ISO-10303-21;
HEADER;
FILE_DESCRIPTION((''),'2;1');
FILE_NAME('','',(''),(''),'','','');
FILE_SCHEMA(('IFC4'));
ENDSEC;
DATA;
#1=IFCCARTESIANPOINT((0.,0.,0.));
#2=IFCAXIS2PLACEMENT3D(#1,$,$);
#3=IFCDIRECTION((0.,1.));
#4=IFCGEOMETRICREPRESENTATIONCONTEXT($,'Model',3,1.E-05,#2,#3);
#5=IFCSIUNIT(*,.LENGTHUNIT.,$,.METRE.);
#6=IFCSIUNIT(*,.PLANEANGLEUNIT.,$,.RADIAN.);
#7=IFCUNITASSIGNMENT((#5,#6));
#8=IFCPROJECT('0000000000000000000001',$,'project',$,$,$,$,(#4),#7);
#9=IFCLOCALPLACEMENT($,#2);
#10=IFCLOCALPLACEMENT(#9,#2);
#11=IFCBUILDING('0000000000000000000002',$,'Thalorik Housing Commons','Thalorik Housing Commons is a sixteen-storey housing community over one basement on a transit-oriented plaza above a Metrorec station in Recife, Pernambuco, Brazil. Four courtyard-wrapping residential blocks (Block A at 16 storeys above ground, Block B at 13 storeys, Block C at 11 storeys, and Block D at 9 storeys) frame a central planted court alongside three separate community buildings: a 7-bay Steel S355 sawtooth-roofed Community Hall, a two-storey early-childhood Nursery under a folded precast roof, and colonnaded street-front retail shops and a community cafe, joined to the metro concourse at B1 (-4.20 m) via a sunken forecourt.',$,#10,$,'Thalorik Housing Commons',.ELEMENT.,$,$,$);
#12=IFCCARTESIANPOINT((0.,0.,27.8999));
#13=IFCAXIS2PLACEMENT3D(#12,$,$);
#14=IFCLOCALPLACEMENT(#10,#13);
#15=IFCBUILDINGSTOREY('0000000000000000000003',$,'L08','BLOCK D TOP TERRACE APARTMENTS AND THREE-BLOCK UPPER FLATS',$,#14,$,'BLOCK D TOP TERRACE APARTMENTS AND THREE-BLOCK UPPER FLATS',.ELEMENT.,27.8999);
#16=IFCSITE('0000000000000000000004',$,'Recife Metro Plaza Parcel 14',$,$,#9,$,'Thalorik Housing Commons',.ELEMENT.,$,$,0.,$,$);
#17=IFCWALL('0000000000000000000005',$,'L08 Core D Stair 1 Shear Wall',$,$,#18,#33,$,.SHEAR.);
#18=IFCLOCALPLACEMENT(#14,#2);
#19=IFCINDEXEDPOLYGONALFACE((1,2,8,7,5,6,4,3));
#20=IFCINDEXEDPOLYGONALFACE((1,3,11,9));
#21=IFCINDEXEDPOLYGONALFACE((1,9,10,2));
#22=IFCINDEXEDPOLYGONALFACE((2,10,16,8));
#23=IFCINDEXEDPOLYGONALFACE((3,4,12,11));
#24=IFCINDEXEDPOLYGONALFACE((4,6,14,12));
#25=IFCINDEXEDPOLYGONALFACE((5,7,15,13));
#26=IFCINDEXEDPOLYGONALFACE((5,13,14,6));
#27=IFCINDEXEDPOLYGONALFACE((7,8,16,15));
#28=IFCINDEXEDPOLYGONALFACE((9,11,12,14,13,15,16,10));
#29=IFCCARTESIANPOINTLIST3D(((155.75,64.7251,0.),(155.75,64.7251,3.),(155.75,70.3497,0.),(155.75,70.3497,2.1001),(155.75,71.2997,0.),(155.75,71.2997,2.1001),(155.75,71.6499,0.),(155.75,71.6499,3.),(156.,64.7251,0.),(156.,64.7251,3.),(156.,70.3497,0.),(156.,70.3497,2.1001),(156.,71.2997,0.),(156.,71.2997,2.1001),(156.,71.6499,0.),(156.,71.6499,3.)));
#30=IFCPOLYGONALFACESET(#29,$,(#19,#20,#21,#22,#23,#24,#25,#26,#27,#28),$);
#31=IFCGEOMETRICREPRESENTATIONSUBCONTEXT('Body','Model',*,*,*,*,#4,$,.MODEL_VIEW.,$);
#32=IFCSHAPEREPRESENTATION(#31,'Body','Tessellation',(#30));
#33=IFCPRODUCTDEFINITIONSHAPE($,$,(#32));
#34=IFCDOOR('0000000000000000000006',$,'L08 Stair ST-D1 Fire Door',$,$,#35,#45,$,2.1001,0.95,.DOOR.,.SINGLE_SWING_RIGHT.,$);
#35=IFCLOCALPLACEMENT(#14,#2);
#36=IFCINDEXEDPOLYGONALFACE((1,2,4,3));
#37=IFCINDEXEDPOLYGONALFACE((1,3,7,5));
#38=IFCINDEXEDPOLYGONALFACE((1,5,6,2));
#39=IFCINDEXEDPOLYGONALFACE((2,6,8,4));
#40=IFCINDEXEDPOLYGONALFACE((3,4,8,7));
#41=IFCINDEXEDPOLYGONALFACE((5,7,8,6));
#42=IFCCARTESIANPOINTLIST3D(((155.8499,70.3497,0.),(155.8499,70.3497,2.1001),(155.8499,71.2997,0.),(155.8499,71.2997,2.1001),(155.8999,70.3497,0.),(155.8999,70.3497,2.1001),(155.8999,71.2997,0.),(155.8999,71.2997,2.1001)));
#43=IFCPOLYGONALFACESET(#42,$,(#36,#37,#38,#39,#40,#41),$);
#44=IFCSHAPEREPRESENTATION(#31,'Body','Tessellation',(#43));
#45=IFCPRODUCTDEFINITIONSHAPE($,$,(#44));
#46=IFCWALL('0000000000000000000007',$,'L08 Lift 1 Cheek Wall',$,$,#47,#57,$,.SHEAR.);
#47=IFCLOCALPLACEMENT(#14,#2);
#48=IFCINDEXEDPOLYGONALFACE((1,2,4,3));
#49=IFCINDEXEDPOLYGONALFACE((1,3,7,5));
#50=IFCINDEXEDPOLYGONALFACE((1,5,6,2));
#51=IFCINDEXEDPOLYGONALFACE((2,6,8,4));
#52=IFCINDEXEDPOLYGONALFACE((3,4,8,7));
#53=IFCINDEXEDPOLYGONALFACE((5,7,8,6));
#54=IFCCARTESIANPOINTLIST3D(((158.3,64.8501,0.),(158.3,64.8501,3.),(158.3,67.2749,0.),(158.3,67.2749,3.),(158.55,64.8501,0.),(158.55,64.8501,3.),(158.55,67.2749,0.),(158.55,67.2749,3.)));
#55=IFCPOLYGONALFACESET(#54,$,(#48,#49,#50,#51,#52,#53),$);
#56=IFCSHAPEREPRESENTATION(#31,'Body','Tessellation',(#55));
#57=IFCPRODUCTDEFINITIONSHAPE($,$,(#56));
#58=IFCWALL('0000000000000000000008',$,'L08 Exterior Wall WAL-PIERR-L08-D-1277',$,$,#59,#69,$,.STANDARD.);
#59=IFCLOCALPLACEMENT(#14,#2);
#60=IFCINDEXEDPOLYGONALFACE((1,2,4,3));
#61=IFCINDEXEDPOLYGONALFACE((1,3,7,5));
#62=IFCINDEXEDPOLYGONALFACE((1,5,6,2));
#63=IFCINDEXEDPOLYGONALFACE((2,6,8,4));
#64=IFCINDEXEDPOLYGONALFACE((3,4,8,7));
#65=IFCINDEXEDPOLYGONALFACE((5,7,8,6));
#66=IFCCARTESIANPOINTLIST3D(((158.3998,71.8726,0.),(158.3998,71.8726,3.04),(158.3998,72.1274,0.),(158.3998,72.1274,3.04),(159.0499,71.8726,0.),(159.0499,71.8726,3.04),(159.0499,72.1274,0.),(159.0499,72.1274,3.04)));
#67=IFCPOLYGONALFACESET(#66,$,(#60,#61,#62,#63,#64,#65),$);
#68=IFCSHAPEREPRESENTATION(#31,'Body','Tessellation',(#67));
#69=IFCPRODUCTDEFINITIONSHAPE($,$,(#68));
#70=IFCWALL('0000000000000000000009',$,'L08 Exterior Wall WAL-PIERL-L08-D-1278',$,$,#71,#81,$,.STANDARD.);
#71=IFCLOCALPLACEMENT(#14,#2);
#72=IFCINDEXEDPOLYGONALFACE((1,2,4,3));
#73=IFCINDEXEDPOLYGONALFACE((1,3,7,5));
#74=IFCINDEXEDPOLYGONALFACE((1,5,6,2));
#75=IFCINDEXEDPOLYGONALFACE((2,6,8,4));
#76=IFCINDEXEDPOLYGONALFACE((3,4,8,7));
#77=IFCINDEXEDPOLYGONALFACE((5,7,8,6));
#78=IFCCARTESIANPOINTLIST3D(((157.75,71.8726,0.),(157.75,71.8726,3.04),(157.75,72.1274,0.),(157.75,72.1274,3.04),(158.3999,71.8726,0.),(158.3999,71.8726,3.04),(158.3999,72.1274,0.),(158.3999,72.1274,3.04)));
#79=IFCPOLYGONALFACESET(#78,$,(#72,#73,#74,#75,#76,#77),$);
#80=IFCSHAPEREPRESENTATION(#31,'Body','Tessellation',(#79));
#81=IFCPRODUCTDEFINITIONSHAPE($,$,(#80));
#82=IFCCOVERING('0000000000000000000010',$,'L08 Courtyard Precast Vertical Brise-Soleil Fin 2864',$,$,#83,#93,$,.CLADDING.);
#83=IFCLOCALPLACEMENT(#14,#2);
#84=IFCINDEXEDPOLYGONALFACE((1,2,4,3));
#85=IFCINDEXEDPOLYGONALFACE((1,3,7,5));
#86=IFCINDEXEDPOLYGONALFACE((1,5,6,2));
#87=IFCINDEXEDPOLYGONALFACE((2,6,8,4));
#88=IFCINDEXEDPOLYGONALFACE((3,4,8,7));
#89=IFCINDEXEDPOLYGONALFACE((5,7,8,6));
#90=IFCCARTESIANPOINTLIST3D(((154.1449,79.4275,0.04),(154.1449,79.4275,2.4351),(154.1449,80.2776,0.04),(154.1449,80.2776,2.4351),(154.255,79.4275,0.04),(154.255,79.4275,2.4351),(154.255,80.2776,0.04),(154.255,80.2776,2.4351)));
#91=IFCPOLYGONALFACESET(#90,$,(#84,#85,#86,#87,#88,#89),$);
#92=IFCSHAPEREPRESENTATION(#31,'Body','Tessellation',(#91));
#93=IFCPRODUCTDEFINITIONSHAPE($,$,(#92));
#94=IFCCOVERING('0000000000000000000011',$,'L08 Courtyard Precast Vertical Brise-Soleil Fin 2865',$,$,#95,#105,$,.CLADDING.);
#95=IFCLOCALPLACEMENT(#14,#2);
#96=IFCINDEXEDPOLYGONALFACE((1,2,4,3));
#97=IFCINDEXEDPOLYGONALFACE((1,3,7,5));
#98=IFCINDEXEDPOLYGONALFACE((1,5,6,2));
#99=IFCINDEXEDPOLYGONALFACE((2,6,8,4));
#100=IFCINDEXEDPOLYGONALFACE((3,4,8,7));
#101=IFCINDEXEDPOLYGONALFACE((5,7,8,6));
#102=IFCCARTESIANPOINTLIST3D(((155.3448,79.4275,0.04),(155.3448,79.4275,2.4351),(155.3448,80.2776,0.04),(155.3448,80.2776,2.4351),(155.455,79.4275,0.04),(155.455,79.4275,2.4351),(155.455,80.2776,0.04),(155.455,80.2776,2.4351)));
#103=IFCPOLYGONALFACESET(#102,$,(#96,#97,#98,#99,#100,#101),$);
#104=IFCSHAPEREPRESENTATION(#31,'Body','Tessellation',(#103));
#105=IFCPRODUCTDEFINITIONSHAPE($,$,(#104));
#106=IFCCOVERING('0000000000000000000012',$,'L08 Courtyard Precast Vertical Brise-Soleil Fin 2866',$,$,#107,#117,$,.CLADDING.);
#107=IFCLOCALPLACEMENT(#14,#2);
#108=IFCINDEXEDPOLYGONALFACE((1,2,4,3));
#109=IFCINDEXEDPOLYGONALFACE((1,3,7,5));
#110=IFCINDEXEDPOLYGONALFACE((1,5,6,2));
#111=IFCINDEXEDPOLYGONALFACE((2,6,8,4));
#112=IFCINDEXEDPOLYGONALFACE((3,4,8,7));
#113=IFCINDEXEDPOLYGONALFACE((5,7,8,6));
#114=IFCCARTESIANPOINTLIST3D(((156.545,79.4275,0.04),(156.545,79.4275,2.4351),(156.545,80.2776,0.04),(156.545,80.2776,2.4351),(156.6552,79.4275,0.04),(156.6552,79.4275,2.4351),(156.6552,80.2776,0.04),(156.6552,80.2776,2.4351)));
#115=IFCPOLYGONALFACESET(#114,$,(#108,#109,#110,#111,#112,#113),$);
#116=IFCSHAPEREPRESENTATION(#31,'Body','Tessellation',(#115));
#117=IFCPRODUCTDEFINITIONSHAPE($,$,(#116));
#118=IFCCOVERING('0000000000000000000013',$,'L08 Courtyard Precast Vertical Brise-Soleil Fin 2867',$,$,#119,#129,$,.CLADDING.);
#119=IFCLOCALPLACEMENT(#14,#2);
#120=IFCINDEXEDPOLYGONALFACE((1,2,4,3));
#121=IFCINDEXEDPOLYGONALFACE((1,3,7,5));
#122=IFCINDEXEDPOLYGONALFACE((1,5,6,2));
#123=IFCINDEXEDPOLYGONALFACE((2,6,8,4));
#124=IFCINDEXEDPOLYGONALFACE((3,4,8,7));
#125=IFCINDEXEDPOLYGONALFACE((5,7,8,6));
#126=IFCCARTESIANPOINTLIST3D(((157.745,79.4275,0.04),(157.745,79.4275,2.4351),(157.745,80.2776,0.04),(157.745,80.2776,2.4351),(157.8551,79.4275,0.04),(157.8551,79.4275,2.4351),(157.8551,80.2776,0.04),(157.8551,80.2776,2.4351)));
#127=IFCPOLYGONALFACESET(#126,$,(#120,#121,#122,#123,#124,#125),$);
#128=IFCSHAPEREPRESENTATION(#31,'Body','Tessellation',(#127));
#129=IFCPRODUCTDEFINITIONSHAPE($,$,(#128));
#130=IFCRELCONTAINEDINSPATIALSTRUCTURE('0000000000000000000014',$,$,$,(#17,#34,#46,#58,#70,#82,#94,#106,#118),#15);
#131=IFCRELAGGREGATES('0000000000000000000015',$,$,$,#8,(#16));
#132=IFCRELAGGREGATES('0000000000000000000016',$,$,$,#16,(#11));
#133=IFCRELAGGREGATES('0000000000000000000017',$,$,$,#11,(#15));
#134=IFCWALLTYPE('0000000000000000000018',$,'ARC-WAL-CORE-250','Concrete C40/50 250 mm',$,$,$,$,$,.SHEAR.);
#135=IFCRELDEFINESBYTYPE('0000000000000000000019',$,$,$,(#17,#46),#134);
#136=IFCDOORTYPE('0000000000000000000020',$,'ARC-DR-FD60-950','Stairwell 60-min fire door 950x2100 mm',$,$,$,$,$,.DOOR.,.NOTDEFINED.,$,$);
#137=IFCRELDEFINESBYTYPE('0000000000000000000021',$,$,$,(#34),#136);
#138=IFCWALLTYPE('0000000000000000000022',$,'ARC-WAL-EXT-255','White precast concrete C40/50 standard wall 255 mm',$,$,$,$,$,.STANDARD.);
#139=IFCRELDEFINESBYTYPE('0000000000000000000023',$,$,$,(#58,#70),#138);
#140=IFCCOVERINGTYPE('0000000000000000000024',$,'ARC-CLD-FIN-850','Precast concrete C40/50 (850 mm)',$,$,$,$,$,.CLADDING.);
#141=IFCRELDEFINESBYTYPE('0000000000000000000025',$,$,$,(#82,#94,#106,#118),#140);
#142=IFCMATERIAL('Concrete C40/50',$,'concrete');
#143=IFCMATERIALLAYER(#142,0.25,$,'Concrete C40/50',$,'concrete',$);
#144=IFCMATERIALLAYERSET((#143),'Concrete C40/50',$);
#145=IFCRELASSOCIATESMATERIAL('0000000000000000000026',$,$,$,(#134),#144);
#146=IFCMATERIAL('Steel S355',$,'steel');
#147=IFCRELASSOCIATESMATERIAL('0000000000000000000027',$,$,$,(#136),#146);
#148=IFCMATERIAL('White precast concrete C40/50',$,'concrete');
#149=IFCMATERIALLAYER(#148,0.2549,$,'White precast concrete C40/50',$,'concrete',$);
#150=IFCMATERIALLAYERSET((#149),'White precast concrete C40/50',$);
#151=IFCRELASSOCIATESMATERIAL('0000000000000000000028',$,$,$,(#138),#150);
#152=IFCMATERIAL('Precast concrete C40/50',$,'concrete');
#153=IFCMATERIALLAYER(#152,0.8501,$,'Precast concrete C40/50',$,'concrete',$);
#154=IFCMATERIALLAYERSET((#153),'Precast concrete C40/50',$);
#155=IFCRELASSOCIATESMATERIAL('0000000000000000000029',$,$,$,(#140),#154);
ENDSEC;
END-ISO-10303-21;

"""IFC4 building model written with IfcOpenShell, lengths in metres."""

from ifc_helpers import new_model, si_unit, direction, frame, frame_2d, origin, origin_2d, place, context, subcontext, project, spatial, rectangle, extrude, material, layer, layer_set, type_object, element, fill, save


model = new_model("IFC4")

# Units and contexts
model_context = context("Model", 3, precision=1e-05, world=origin(), true_north=direction((0.0, 1.0)))
body_context = subcontext(model_context, "Body", "Model", "MODEL_VIEW")
ifc_project = project(units=[si_unit("LENGTHUNIT", "METRE"), si_unit("PLANEANGLEUNIT", "RADIAN")], contexts=[model_context])

# Site, building, storey
site_placement = place(None, origin())
site = spatial("IfcSite", under=ifc_project, at=site_placement, Name="Recife Metro Plaza Parcel 14", LongName="Thalorik Housing Commons", CompositionType="ELEMENT", RefElevation=0.0)
building_placement = place(site_placement, origin())
building = spatial("IfcBuilding", under=site, at=building_placement, Name="Thalorik Housing Commons", Description="Thalorik Housing Commons is a sixteen-storey housing community over one basement on a transit-oriented plaza above a Metrorec station in Recife, Pernambuco, Brazil. Four courtyard-wrapping residential blocks (Block A at 16 storeys above ground, Block B at 13 storeys, Block C at 11 storeys, and Block D at 9 storeys) frame a central planted court alongside three separate community buildings: a 7-bay Steel S355 sawtooth-roofed Community Hall, a two-storey early-childhood Nursery under a folded precast roof, and colonnaded street-front retail shops and a community cafe, joined to the metro concourse at B1 (-4.20 m) via a sunken forecourt.", LongName="Thalorik Housing Commons", CompositionType="ELEMENT")
storey_placement = place(building_placement, frame((0.0, 0.0, 27.8999)))
storey = spatial("IfcBuildingStorey", under=building, at=storey_placement, Name="L08", Description="BLOCK D TOP TERRACE APARTMENTS AND THREE-BLOCK UPPER FLATS", LongName="BLOCK D TOP TERRACE APARTMENTS AND THREE-BLOCK UPPER FLATS", CompositionType="ELEMENT", Elevation=27.8999)

# Shared definitions
ifc_material_1 = material(Name="Precast concrete C40/50", Category="concrete")

# Wall, opening, door
ifc_material_2 = material(Name="Concrete C40/50", Category="concrete")
ifc_layer_1 = layer(ifc_material_2, 0.25, Name="Concrete C40/50", Category="concrete")
ifc_layer_set_1 = layer_set([ifc_layer_1], Name="Concrete C40/50")
wall_type_1 = type_object("IfcWallType", Name="ARC-WAL-CORE-250", Description="Concrete C40/50 250 mm", PredefinedType="SHEAR", material=ifc_layer_set_1)
wall_1_placement = place(storey_placement, frame((155.875, 71.6499, 0.0), z_axis=(0.0, 0.0, 1.0), x_axis=(0.0, -1.0, 0.0)))
wall_1 = element("IfcWall", 1, at=wall_1_placement, inside=storey, type_object=wall_type_1, Name="L08 Core D Stair 1 Shear Wall", PredefinedType="SHEAR", context=body_context, shape_type="SweptSolid", body=[
    extrude(rectangle(XDim=6.9248, YDim=0.25, at=frame_2d((3.4624, 0.0))), origin(), (0.0, 0.0, 1.0), 3.0),
])
opening_1_placement = place(wall_1_placement, frame((0.3501, 0.0, 0.0)))
opening_1 = element("IfcOpeningElement", 2, at=opening_1_placement, cuts=wall_1, PredefinedType="OPENING", context=body_context, shape_type="SweptSolid", body=[
    extrude(rectangle(XDim=0.95, YDim=2.1001, at=frame_2d((0.4751, 1.05))), frame((0.0, 0.135, 0.0), z_axis=(0.0, -1.0, 0.0), x_axis=(1.0, 0.0, 0.0)), (0.0, 0.0, 1.0), 0.27),
])
ifc_material_3 = material(Name="Steel S355", Category="steel")
door_type_1 = type_object("IfcDoorType", Name="ARC-DR-FD60-950", Description="Stairwell 60-min fire door 950x2100 mm", OperationType="NOTDEFINED", PredefinedType="DOOR", material=ifc_material_3)
door_1_placement = place(opening_1_placement, origin())
door_1 = element("IfcDoor", 3, at=door_1_placement, inside=storey, type_object=door_type_1, Name="L08 Stair ST-D1 Fire Door", OperationType="SINGLE_SWING_RIGHT", OverallHeight=2.1001, OverallWidth=0.95, PredefinedType="DOOR", context=body_context, shape_type="SweptSolid", body=[
    extrude(rectangle(XDim=0.95, YDim=2.1001, at=frame_2d((0.4751, 1.05))), frame((0.0, 0.0249, 0.0), z_axis=(0.0, -1.0, 0.0), x_axis=(1.0, 0.0, 0.0)), (0.0, 0.0, 1.0), 0.05),
])
fill(opening_1, door_1)

# Walls
wall_2_placement = place(storey_placement, frame((158.425, 67.2749, 0.0), z_axis=(0.0, 0.0, 1.0), x_axis=(0.0, -1.0, 0.0)))
element("IfcWall", 4, at=wall_2_placement, inside=storey, type_object=wall_type_1, Name="L08 Lift 1 Cheek Wall", PredefinedType="SHEAR", context=body_context, shape_type="SweptSolid", body=[
    extrude(rectangle(XDim=2.4248, YDim=0.25, at=frame_2d((1.2124, 0.0))), origin(), (0.0, 0.0, 1.0), 3.0),
])
ifc_material_4 = material(Name="White precast concrete C40/50", Category="concrete")
ifc_layer_2 = layer(ifc_material_4, 0.2549, Name="White precast concrete C40/50", Category="concrete")
ifc_layer_set_2 = layer_set([ifc_layer_2], Name="White precast concrete C40/50")
wall_type_2 = type_object("IfcWallType", Name="ARC-WAL-EXT-255", Description="White precast concrete C40/50 standard wall 255 mm", PredefinedType="STANDARD", material=ifc_layer_set_2)
wall_3_placement = place(storey_placement, frame((159.05, 72.0, 0.0), z_axis=(0.0, 0.0, 1.0), x_axis=(-1.0, 0.0, 0.0)))
element("IfcWall", 5, at=wall_3_placement, inside=storey, type_object=wall_type_2, Name="L08 Exterior Wall WAL-PIERR-L08-D-1277", PredefinedType="STANDARD", context=body_context, shape_type="SweptSolid", body=[
    extrude(rectangle(XDim=0.6501, YDim=0.2549, at=frame_2d((0.3252, 0.0))), origin(), (0.0, 0.0, 1.0), 3.04),
])
wall_4_placement = place(storey_placement, frame((158.3999, 72.0, 0.0), z_axis=(0.0, 0.0, 1.0), x_axis=(-1.0, 0.0, 0.0)))
element("IfcWall", 6, at=wall_4_placement, inside=storey, type_object=wall_type_2, Name="L08 Exterior Wall WAL-PIERL-L08-D-1278", PredefinedType="STANDARD", context=body_context, shape_type="SweptSolid", body=[
    extrude(rectangle(XDim=0.6499, YDim=0.2549, at=frame_2d((0.325, 0.0))), origin(), (0.0, 0.0, 1.0), 3.04),
])

# Coverings
ifc_layer_3 = layer(ifc_material_1, 0.8501, Name="Precast concrete C40/50", Category="concrete")
ifc_layer_set_3 = layer_set([ifc_layer_3], Name="Precast concrete C40/50")
covering_type = type_object("IfcCoveringType", Name="ARC-CLD-FIN-850", Description="Precast concrete C40/50 (850 mm)", PredefinedType="CLADDING", material=ifc_layer_set_3)
for number, where, z_axis, x_axis, name in (
    (7, (154.2, 79.8525, 0.04), (0.0, 0.0, 1.0), (1.0, 0.0, 0.0), "L08 Courtyard Precast Vertical Brise-Soleil Fin 2864"),
    (8, (155.3999, 79.8525, 0.04), (0.0, 0.0, 1.0), (1.0, 0.0, 0.0), "L08 Courtyard Precast Vertical Brise-Soleil Fin 2865"),
    (9, (156.6001, 79.8525, 0.04), (0.0, 0.0, 1.0), (1.0, 0.0, 0.0), "L08 Courtyard Precast Vertical Brise-Soleil Fin 2866"),
    (10, (157.8, 79.8525, 0.04), (0.0, 0.0, 1.0), (1.0, 0.0, 0.0), "L08 Courtyard Precast Vertical Brise-Soleil Fin 2867"),
):
    element("IfcCovering", number, at=place(storey_placement, frame(where, z_axis=z_axis, x_axis=x_axis)), inside=storey, type_object=covering_type, Name=name, PredefinedType="CLADDING", context=body_context, shape_type="SweptSolid", body=[
        extrude(rectangle(XDim=0.1101, YDim=0.8501, at=origin_2d()), origin(), (0.0, 0.0, 1.0), 2.395),
    ])

save(model, "model.ifc")
